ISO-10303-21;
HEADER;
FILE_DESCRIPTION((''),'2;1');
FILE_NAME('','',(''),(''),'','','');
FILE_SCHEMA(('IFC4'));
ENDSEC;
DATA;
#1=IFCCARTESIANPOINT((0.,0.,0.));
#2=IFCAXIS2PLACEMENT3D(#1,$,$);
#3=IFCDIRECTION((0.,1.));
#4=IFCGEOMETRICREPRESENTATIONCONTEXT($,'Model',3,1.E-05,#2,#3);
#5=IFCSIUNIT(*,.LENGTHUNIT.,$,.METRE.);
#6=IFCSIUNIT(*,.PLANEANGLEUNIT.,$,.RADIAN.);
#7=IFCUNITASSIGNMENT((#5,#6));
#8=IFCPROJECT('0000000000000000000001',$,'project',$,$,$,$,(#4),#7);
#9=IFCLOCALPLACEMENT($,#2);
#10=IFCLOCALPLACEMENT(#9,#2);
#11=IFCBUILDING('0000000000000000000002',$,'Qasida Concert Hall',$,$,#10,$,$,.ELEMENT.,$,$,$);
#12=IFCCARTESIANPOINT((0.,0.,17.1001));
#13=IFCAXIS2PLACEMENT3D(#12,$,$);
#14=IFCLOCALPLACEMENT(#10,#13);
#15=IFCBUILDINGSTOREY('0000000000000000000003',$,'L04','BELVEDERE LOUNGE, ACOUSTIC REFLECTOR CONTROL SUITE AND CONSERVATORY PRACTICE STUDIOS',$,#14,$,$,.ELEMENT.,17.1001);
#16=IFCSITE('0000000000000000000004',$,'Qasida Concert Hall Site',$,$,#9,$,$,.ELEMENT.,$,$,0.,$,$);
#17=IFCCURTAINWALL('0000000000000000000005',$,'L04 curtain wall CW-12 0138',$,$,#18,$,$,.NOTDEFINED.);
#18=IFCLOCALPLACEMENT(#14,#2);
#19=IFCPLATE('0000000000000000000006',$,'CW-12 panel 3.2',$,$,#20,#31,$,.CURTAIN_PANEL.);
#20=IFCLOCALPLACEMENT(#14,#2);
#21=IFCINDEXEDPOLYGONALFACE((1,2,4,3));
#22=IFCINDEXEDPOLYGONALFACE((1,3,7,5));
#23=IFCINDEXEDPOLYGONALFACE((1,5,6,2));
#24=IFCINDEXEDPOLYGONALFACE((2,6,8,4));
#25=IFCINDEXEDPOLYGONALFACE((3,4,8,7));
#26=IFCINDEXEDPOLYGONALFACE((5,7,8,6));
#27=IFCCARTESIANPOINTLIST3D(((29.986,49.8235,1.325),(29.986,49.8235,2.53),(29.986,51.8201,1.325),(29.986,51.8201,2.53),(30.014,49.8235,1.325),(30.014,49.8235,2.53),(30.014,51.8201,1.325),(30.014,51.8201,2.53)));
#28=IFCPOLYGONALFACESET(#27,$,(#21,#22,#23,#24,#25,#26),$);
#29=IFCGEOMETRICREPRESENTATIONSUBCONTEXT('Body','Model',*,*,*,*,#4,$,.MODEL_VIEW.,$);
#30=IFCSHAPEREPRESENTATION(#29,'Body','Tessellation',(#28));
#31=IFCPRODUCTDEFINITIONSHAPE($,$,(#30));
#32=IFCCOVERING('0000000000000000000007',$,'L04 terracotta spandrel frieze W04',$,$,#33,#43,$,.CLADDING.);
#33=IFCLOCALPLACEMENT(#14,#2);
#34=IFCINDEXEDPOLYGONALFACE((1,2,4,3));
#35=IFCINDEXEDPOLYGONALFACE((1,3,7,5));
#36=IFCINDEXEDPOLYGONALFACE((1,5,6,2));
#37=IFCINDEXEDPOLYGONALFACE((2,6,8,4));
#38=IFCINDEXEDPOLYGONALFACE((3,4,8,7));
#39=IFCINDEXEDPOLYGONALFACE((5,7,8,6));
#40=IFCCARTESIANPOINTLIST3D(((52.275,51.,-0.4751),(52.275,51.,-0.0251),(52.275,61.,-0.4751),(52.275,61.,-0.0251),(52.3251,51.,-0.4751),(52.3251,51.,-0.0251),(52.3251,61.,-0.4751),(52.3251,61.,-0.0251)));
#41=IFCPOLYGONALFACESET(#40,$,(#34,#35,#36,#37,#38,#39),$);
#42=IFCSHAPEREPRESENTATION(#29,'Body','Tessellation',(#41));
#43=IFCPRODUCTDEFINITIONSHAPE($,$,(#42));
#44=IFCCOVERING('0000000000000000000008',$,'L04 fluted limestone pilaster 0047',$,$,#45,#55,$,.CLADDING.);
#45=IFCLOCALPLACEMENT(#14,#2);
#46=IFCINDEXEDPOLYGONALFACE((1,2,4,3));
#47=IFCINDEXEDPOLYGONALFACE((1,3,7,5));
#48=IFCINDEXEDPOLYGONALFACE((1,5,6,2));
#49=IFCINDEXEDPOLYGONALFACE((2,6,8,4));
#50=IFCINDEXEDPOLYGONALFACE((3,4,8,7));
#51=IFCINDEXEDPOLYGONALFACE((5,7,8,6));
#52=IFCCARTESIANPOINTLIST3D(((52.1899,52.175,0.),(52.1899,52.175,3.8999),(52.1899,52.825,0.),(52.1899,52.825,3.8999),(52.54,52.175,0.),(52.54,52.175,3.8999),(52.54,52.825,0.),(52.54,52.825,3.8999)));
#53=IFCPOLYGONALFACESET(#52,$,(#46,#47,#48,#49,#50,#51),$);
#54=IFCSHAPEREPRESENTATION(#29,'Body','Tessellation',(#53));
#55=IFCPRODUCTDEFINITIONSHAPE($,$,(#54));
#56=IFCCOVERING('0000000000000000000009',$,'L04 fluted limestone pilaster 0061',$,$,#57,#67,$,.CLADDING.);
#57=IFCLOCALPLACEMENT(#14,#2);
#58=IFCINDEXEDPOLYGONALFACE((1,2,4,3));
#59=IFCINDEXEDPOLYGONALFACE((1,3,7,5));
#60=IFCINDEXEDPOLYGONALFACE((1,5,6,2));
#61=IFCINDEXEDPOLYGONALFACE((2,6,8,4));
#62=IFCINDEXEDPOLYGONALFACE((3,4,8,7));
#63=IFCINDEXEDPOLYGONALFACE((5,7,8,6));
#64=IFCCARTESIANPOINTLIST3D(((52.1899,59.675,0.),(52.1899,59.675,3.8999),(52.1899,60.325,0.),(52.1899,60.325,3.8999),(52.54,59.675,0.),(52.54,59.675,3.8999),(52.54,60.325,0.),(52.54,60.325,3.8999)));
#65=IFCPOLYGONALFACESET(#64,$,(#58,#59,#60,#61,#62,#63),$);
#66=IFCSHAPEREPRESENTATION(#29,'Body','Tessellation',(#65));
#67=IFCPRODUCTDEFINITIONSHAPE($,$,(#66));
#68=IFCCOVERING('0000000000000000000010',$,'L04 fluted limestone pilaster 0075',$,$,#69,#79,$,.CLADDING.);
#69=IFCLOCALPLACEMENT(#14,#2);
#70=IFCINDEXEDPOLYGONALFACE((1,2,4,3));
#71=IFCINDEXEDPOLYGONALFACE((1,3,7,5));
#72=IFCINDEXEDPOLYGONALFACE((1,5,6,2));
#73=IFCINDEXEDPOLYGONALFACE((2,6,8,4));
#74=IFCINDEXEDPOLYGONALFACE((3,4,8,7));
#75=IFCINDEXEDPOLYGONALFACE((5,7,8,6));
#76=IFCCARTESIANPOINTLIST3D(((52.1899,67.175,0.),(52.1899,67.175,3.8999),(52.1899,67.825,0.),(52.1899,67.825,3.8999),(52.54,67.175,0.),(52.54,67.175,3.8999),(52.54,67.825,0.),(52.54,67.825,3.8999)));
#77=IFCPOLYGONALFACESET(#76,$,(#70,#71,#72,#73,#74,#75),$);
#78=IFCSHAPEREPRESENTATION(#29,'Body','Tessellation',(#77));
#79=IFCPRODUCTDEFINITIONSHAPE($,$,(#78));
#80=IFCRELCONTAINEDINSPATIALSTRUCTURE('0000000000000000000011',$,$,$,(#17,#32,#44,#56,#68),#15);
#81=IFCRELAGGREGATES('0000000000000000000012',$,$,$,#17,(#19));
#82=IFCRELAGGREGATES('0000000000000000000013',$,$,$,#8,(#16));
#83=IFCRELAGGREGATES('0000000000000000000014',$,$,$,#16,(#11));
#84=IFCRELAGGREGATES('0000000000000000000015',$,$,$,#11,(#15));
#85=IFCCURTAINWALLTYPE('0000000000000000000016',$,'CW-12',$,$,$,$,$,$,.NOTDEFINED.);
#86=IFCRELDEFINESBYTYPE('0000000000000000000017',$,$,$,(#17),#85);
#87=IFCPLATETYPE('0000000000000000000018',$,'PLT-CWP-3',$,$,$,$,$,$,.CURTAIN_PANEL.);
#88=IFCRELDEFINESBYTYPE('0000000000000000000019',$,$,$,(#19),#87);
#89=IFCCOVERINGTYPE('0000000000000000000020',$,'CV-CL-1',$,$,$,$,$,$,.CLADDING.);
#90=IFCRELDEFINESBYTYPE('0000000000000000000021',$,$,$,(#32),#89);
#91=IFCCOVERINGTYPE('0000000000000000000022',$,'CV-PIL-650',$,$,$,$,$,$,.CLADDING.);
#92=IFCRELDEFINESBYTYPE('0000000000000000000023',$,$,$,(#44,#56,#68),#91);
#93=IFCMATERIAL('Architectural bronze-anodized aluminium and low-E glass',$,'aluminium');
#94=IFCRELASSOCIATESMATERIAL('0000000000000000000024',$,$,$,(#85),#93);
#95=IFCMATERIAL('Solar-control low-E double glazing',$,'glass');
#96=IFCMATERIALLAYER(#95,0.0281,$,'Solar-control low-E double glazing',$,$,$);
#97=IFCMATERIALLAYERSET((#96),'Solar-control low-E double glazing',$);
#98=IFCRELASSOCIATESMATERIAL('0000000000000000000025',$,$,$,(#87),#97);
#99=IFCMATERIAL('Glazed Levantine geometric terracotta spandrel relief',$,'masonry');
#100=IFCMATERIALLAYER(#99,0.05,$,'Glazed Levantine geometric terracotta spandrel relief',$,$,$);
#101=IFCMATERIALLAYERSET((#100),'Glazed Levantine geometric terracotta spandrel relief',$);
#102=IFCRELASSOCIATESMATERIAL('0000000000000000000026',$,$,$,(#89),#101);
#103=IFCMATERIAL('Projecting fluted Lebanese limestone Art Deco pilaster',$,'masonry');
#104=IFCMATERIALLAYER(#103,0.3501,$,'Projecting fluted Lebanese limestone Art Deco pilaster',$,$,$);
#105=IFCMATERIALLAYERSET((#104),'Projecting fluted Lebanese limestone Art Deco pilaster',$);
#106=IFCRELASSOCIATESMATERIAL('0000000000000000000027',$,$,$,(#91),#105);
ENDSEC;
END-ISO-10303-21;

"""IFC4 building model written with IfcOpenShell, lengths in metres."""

from ifc_helpers import new_model, si_unit, direction, frame, origin, origin_2d, place, context, subcontext, project, spatial, rectangle, extrude, material, layer, layer_set, type_object, element, aggregate, save


model = new_model("IFC4")

# Units and contexts
model_context = context("Model", 3, precision=1e-05, world=origin(), true_north=direction((0.0, 1.0)))
body_context = subcontext(model_context, "Body", "Model", "MODEL_VIEW")
ifc_project = project(units=[si_unit("LENGTHUNIT", "METRE"), si_unit("PLANEANGLEUNIT", "RADIAN")], contexts=[model_context])

# Site, building, storey
site_placement = place(None, origin())
site = spatial("IfcSite", under=ifc_project, at=site_placement, Name="Qasida Concert Hall Site", CompositionType="ELEMENT", RefElevation=0.0)
building_placement = place(site_placement, origin())
building = spatial("IfcBuilding", under=site, at=building_placement, Name="Qasida Concert Hall", CompositionType="ELEMENT")
storey_placement = place(building_placement, frame((0.0, 0.0, 17.1001)))
storey = spatial("IfcBuildingStorey", under=building, at=storey_placement, Name="L04", Description="BELVEDERE LOUNGE, ACOUSTIC REFLECTOR CONTROL SUITE AND CONSERVATORY PRACTICE STUDIOS", CompositionType="ELEMENT", Elevation=17.1001)

# Shared definitions
ifc_material_1 = material(Name="Architectural bronze-anodized aluminium and low-E glass", Category="aluminium")
curtain_wall_type_1 = type_object("IfcCurtainWallType", Name="CW-12", PredefinedType="NOTDEFINED", material=ifc_material_1)

# Curtain wall
curtain_wall_1_placement = place(storey_placement, origin())
curtain_wall_1 = element("IfcCurtainWall", 1, at=curtain_wall_1_placement, inside=storey, type_object=curtain_wall_type_1, Name="L04 curtain wall CW-12 0138", PredefinedType="NOTDEFINED")

# Plate
ifc_material_2 = material(Name="Solar-control low-E double glazing", Category="glass")
ifc_layer_1 = layer(ifc_material_2, 0.0281, Name="Solar-control low-E double glazing")
ifc_layer_set_1 = layer_set([ifc_layer_1], Name="Solar-control low-E double glazing")
plate_type = type_object("IfcPlateType", Name="PLT-CWP-3", PredefinedType="CURTAIN_PANEL", material=ifc_layer_set_1)
plate_1_placement = place(storey_placement, frame((30.0, 50.8218, 1.325), z_axis=(0.0, 0.0, 1.0), x_axis=(0.0, 1.0, 0.0)))
plate_1 = element("IfcPlate", 2, at=plate_1_placement, type_object=plate_type, Name="CW-12 panel 3.2", PredefinedType="CURTAIN_PANEL", context=body_context, shape_type="SweptSolid", body=[
    extrude(rectangle(XDim=1.9966, YDim=0.0281, at=origin_2d()), origin(), (0.0, 0.0, 1.0), 1.2051),
])
aggregate(curtain_wall_1, [plate_1])

# Coverings
ifc_material_3 = material(Name="Glazed Levantine geometric terracotta spandrel relief", Category="masonry")
ifc_layer_2 = layer(ifc_material_3, 0.05, Name="Glazed Levantine geometric terracotta spandrel relief")
ifc_layer_set_2 = layer_set([ifc_layer_2], Name="Glazed Levantine geometric terracotta spandrel relief")
covering_type_1 = type_object("IfcCoveringType", Name="CV-CL-1", PredefinedType="CLADDING", material=ifc_layer_set_2)
covering_placement = place(storey_placement, frame((52.3, 56.0, -0.4751), z_axis=(0.0, 0.0, 1.0), x_axis=(1.0, 0.0, 0.0)))
element("IfcCovering", 3, at=covering_placement, inside=storey, type_object=covering_type_1, Name="L04 terracotta spandrel frieze W04", PredefinedType="CLADDING", context=body_context, shape_type="SweptSolid", body=[
    extrude(rectangle(XDim=0.05, YDim=10.0, at=origin_2d()), origin(), (0.0, 0.0, 1.0), 0.45),
])
ifc_material_4 = material(Name="Projecting fluted Lebanese limestone Art Deco pilaster", Category="masonry")
ifc_layer_3 = layer(ifc_material_4, 0.3501, Name="Projecting fluted Lebanese limestone Art Deco pilaster")
ifc_layer_set_3 = layer_set([ifc_layer_3], Name="Projecting fluted Lebanese limestone Art Deco pilaster")
covering_type_2 = type_object("IfcCoveringType", Name="CV-PIL-650", PredefinedType="CLADDING", material=ifc_layer_set_3)
for number, where, z_axis, x_axis, name in (
    (4, (52.365, 52.5, 0.0), (0.0, 0.0, 1.0), (1.0, 0.0, 0.0), "L04 fluted limestone pilaster 0047"),
    (5, (52.365, 60.0, 0.0), (0.0, 0.0, 1.0), (1.0, 0.0, 0.0), "L04 fluted limestone pilaster 0061"),
    (6, (52.365, 67.5, 0.0), (0.0, 0.0, 1.0), (1.0, 0.0, 0.0), "L04 fluted limestone pilaster 0075"),
):
    element("IfcCovering", number, at=place(storey_placement, frame(where, z_axis=z_axis, x_axis=x_axis)), inside=storey, type_object=covering_type_2, Name=name, PredefinedType="CLADDING", context=body_context, shape_type="SweptSolid", body=[
        extrude(rectangle(XDim=0.3501, YDim=0.6499, at=origin_2d()), origin(), (0.0, 0.0, 1.0), 3.8999),
    ])

save(model, "model.ifc")
